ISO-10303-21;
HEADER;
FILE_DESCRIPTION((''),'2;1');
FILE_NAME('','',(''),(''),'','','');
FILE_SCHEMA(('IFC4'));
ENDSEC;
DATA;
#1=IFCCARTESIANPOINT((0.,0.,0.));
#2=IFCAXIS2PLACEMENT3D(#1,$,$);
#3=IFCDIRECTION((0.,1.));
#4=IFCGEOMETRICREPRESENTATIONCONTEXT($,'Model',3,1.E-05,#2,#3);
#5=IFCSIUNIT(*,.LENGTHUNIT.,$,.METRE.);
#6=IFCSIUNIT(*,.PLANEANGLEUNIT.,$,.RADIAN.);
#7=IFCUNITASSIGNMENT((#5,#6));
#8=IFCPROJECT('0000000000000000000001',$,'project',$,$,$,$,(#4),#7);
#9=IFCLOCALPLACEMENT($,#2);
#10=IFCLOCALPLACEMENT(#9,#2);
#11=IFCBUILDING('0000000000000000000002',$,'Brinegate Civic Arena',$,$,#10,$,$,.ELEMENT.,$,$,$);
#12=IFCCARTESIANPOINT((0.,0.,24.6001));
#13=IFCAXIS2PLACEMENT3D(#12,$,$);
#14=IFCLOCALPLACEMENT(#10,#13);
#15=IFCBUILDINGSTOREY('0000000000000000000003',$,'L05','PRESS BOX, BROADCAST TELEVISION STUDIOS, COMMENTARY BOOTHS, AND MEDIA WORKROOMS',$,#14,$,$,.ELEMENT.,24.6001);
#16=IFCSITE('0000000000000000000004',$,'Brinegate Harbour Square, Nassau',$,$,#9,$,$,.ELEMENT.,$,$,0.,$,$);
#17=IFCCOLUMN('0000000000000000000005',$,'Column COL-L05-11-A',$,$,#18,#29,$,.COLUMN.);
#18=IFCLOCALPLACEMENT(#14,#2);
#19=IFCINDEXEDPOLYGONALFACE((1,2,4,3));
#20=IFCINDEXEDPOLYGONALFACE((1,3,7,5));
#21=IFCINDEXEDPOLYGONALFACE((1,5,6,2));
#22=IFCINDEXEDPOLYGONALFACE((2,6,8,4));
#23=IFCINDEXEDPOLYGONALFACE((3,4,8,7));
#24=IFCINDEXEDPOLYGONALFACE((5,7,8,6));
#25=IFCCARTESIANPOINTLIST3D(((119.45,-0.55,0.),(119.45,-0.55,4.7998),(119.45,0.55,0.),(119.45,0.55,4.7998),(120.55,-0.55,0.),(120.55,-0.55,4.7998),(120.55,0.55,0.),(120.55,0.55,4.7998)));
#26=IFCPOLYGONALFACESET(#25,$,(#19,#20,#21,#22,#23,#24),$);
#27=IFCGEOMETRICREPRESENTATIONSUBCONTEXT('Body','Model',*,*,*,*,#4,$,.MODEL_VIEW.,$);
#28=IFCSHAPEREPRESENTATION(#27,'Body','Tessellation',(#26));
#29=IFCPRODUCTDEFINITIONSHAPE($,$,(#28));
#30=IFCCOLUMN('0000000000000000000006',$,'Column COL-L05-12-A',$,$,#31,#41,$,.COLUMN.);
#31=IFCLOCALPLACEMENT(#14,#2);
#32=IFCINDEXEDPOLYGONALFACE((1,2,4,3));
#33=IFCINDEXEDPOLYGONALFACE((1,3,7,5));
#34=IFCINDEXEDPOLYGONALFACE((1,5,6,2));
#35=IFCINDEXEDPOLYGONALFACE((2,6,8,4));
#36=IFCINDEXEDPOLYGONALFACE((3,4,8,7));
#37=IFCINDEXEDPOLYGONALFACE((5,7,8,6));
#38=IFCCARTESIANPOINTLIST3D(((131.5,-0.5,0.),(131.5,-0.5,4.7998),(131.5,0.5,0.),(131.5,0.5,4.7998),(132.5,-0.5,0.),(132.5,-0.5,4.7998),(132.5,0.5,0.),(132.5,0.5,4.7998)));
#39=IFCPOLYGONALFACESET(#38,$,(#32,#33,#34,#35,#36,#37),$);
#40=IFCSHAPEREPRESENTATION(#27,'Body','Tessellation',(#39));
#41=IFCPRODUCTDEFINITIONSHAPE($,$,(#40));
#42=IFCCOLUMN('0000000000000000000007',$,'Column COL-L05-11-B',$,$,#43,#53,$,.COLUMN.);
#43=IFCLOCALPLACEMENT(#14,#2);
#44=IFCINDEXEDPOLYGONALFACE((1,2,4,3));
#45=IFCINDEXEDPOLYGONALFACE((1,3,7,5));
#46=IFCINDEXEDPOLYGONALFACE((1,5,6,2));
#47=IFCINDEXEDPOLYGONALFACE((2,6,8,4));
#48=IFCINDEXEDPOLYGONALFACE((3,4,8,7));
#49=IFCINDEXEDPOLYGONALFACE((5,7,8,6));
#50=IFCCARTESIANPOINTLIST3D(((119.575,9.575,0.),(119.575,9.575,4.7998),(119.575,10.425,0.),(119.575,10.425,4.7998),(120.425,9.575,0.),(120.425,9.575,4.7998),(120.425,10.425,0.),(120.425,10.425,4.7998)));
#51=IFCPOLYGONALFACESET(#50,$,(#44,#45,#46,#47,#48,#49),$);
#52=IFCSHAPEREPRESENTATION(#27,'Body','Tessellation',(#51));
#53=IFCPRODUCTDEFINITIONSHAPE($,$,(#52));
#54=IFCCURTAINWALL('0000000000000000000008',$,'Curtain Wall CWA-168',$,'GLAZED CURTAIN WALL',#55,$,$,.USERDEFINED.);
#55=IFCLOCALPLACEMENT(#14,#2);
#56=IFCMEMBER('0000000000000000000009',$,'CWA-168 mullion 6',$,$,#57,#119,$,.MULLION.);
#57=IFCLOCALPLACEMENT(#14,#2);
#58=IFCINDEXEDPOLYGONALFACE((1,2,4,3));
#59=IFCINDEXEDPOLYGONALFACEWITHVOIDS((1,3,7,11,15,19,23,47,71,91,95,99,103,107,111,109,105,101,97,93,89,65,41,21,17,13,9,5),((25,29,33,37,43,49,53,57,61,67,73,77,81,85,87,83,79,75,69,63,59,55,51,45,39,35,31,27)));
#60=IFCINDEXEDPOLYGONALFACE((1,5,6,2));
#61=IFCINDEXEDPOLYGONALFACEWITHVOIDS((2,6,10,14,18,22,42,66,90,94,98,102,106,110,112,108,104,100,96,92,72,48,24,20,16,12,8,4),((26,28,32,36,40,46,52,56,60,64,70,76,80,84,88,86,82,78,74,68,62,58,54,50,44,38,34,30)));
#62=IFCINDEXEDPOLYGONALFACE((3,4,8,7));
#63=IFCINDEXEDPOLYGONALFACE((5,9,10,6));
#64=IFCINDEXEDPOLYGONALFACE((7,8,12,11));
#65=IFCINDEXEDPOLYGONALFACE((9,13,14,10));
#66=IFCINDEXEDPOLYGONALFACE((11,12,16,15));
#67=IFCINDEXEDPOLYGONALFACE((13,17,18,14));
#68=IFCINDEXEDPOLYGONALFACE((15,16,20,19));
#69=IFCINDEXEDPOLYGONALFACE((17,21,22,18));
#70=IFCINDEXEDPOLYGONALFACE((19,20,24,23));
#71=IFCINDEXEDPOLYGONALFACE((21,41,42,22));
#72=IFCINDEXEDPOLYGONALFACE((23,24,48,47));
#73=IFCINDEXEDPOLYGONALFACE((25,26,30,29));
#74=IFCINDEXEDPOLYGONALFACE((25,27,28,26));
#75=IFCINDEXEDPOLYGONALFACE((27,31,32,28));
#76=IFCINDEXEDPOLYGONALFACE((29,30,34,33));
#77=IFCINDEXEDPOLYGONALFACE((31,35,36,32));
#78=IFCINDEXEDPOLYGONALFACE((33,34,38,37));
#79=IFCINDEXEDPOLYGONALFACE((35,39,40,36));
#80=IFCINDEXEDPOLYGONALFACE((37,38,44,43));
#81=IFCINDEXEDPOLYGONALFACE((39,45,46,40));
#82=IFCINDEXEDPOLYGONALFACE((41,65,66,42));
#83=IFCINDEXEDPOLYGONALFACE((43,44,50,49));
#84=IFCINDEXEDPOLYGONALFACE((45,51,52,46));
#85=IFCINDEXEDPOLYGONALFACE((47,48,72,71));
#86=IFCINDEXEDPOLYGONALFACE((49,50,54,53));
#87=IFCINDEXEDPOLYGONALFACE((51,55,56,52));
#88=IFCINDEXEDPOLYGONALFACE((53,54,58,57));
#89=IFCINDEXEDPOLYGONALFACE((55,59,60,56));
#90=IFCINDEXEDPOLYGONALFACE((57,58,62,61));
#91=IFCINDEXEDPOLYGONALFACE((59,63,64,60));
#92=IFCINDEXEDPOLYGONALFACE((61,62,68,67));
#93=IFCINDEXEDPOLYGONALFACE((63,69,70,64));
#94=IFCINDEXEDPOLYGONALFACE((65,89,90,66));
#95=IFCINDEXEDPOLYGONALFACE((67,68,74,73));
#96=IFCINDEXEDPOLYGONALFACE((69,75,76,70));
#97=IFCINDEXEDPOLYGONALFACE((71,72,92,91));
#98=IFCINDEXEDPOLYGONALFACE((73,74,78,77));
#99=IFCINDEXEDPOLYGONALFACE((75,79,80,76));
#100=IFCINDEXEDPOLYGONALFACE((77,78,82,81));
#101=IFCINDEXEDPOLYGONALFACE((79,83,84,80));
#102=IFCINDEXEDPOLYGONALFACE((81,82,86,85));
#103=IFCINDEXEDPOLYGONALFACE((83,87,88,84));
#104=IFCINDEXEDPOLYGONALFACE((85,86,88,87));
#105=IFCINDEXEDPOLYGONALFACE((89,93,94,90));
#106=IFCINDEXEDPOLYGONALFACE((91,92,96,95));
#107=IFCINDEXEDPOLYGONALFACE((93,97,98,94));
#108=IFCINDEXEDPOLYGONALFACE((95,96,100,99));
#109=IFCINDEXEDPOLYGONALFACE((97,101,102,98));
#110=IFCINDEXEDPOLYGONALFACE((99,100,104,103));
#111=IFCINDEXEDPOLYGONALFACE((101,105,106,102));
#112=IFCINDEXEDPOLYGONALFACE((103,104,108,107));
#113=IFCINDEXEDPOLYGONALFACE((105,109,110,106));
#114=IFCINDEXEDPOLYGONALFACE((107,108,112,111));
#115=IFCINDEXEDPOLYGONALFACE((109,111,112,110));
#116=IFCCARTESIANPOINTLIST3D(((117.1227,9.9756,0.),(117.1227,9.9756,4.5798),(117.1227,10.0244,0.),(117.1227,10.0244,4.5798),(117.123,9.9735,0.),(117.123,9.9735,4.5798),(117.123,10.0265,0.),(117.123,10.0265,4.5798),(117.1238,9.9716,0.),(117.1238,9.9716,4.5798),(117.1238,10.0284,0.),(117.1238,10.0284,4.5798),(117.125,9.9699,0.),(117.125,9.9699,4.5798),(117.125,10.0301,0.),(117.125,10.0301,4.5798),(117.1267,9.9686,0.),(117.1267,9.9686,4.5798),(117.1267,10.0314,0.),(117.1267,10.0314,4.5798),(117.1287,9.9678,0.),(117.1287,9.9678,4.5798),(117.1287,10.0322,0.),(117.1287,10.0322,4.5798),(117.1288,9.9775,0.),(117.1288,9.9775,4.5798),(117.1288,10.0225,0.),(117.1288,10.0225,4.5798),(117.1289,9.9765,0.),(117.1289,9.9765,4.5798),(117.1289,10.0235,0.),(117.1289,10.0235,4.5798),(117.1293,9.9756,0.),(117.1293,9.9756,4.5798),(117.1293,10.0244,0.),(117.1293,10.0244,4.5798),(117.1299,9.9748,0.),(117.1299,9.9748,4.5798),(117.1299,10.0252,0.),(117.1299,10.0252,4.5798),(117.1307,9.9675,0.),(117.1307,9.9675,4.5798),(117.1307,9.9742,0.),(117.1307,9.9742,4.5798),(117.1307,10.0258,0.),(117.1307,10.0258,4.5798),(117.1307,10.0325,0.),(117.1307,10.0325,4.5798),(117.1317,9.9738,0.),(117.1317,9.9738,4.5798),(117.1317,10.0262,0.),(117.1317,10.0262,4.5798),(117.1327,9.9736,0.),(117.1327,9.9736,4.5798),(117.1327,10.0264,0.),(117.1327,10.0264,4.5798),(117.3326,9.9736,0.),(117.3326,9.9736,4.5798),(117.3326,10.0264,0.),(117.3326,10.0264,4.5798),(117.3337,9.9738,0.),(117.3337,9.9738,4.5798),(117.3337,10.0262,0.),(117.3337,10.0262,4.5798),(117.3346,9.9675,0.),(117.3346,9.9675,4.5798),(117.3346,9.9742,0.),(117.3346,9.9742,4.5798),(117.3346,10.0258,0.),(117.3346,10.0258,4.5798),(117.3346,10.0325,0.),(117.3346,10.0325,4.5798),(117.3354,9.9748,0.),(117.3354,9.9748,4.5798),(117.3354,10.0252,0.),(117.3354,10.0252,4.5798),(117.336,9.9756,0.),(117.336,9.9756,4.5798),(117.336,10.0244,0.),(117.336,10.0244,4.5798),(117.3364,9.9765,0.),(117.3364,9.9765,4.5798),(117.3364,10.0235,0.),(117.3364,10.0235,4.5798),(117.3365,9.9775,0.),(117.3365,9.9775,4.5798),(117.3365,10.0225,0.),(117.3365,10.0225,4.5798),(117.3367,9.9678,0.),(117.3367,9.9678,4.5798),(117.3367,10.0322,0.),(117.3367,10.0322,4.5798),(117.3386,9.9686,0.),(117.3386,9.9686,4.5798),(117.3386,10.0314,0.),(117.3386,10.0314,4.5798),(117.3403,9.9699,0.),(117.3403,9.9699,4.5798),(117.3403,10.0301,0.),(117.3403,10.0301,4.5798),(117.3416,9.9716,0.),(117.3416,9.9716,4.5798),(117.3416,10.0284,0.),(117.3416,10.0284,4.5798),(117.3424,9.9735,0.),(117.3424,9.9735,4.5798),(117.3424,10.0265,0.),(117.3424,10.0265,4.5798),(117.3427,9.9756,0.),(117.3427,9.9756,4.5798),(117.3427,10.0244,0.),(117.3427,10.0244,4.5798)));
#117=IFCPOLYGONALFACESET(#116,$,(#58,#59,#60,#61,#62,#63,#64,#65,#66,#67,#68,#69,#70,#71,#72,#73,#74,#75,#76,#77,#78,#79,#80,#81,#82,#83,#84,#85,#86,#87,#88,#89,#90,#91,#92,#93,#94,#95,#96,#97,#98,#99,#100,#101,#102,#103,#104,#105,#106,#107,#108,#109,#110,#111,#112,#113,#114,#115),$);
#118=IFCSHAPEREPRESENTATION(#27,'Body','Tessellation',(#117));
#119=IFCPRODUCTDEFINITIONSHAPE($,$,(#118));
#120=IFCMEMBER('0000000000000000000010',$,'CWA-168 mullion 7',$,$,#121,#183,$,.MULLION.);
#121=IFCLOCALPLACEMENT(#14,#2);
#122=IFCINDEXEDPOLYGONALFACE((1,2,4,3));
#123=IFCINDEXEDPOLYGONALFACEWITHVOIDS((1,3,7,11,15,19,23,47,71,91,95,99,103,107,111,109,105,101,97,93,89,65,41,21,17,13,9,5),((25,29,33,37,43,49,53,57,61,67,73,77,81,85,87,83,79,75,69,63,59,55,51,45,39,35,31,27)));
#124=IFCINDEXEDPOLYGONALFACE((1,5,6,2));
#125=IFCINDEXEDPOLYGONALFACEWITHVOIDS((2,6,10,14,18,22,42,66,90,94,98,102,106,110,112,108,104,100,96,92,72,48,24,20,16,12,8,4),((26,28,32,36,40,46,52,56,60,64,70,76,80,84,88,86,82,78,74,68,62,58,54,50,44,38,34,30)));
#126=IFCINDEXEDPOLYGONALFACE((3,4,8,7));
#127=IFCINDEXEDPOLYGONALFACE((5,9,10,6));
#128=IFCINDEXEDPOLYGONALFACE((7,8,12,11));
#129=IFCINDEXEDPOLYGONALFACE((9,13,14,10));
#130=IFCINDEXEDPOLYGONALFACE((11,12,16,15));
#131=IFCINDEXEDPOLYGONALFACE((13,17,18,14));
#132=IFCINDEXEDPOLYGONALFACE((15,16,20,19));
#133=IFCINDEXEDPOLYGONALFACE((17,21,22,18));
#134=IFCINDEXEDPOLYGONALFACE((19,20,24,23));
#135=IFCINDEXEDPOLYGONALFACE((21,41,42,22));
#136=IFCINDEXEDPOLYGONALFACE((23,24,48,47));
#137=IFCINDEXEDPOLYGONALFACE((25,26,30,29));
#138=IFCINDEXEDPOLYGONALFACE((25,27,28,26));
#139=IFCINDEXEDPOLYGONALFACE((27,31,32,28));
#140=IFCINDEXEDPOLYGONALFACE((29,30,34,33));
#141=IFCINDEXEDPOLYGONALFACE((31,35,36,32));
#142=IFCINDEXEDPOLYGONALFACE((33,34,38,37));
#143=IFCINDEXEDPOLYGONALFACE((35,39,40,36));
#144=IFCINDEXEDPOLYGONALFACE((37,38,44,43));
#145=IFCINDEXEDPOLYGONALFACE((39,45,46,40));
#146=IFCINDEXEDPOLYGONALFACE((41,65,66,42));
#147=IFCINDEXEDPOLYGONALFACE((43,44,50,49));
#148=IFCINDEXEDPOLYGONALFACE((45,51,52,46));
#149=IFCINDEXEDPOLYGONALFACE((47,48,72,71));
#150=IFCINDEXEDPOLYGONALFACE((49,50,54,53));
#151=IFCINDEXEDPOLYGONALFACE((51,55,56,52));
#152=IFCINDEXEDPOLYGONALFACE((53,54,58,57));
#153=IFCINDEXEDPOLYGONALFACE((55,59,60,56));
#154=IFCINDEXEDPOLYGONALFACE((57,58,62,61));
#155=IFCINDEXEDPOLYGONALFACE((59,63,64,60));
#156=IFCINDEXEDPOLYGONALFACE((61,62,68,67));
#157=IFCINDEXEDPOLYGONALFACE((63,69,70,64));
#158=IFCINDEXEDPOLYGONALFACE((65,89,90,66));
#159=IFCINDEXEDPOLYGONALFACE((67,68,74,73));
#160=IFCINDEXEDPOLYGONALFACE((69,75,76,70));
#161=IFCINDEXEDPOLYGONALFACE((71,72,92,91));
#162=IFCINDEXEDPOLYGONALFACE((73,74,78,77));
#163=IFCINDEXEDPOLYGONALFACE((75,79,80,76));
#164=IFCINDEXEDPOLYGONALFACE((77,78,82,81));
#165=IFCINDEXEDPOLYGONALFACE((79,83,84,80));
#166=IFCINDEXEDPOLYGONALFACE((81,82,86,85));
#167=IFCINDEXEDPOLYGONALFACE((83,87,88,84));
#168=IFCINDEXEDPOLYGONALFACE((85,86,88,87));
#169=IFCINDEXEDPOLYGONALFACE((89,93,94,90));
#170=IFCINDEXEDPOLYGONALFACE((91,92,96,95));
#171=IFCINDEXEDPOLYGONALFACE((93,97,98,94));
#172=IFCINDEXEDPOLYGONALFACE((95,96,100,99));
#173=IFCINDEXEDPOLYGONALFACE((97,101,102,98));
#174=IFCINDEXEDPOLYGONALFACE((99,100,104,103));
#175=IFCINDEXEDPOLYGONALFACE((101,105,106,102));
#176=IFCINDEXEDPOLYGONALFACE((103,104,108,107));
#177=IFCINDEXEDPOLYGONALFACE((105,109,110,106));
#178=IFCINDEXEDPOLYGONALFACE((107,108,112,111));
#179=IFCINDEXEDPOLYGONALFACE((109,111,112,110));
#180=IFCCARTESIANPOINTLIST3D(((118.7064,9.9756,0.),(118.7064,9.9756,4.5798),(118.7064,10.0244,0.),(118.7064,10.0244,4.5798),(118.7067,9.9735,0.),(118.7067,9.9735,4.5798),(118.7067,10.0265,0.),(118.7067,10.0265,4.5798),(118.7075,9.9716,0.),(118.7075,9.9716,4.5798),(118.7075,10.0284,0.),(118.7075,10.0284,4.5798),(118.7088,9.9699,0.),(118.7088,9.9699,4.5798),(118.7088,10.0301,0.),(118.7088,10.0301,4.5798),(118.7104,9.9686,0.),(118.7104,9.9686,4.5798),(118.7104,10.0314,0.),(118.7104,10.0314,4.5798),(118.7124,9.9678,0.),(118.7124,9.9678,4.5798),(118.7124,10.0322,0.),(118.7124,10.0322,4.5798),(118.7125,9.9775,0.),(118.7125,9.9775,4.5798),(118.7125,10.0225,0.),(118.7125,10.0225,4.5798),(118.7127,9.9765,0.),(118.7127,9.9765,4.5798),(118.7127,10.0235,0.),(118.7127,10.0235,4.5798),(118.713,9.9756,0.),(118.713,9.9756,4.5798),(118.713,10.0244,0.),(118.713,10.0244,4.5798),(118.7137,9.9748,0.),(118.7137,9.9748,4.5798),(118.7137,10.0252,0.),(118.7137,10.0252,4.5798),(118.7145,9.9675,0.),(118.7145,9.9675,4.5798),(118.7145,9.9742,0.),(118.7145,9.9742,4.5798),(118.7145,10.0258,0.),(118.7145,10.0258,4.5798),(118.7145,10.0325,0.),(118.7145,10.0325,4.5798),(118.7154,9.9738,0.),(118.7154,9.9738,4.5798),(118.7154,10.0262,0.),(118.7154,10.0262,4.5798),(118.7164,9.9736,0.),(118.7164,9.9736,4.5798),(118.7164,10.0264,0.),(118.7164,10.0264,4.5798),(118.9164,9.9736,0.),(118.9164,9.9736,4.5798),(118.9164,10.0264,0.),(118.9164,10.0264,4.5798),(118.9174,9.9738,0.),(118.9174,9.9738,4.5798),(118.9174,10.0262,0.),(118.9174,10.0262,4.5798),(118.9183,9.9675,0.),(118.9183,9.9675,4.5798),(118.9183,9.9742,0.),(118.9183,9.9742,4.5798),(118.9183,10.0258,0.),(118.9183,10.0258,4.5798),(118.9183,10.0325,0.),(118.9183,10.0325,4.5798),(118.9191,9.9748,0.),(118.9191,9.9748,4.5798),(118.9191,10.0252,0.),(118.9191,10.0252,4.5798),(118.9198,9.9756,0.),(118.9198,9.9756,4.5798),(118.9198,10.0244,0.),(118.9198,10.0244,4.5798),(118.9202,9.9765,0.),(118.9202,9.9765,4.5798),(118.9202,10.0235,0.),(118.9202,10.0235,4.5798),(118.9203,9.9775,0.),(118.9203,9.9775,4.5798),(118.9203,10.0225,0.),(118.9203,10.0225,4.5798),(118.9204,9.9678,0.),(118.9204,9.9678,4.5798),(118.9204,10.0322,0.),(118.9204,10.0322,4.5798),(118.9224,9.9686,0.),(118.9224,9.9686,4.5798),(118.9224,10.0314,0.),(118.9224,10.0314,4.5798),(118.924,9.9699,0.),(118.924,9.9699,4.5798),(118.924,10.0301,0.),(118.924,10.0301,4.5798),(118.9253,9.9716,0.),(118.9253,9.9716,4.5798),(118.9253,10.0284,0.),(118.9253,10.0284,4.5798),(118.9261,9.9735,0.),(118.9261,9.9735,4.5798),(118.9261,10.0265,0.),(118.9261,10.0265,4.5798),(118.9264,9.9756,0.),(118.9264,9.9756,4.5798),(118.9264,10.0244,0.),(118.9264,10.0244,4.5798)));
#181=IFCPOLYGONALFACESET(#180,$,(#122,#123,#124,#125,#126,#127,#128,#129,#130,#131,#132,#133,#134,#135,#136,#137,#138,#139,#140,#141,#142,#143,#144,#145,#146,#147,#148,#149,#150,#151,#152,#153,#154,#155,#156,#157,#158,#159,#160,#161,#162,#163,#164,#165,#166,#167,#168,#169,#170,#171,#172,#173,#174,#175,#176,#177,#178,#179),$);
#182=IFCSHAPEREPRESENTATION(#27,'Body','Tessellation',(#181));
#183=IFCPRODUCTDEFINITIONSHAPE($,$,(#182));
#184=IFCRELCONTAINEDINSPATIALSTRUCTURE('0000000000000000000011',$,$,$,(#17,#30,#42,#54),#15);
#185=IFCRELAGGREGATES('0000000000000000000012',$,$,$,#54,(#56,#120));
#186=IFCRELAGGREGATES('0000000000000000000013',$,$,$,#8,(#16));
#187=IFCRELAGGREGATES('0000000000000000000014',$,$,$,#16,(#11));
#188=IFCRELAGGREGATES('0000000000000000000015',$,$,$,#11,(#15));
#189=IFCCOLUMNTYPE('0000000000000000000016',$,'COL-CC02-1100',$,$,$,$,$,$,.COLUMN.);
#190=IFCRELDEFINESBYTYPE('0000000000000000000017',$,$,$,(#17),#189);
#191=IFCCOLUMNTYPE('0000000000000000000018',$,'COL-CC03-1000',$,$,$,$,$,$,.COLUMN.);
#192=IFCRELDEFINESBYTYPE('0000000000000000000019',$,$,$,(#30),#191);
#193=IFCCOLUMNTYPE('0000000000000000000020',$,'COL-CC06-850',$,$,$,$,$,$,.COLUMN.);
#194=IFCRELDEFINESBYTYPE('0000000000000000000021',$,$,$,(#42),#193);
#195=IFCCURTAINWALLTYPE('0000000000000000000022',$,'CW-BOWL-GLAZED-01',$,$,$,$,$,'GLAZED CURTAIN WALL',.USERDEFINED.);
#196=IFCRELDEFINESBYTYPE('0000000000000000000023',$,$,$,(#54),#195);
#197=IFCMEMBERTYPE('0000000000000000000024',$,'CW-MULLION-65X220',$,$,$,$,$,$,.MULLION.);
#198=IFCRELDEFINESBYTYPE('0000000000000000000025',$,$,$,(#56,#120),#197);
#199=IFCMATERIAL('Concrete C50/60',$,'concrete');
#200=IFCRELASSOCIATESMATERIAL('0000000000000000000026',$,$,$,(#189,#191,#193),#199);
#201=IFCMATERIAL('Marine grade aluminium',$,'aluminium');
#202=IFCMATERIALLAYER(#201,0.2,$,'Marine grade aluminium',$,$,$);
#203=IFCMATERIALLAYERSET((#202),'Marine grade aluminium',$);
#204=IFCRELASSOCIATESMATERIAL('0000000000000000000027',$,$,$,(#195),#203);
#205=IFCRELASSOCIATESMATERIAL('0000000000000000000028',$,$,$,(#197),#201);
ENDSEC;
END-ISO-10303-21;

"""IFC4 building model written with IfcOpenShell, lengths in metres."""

from ifc_helpers import new_model, si_unit, direction, frame, origin, origin_2d, place, context, subcontext, project, spatial, rectangle, hollow_rectangle, extrude, material, layer, layer_set, material_profile, profile_set, type_object, element, aggregate, save


model = new_model("IFC4")

# Units and contexts
model_context = context("Model", 3, precision=1e-05, world=origin(), true_north=direction((0.0, 1.0)))
body_context = subcontext(model_context, "Body", "Model", "MODEL_VIEW")
ifc_project = project(units=[si_unit("LENGTHUNIT", "METRE"), si_unit("PLANEANGLEUNIT", "RADIAN")], contexts=[model_context])

# Site, building, storey
site_placement = place(None, origin())
site = spatial("IfcSite", under=ifc_project, at=site_placement, Name="Brinegate Harbour Square, Nassau", CompositionType="ELEMENT", RefElevation=0.0)
building_placement = place(site_placement, origin())
building = spatial("IfcBuilding", under=site, at=building_placement, Name="Brinegate Civic Arena", CompositionType="ELEMENT")
storey_placement = place(building_placement, frame((0.0, 0.0, 24.6001)))
storey = spatial("IfcBuildingStorey", under=building, at=storey_placement, Name="L05", Description="PRESS BOX, BROADCAST TELEVISION STUDIOS, COMMENTARY BOOTHS, AND MEDIA WORKROOMS", CompositionType="ELEMENT", Elevation=24.6001)

# Columns
ifc_material_1 = material(Name="Concrete C50/60", Category="concrete")
ifc_material_profile_1 = material_profile(ifc_material_1, rectangle(XDim=1.1001, YDim=1.1001, at=origin_2d()), Name="RC1100X1100")
ifc_profile_set_1 = profile_set([ifc_material_profile_1], Name="Concrete C50/60")
column_type_1 = type_object("IfcColumnType", Name="COL-CC02-1100", PredefinedType="COLUMN", material=ifc_profile_set_1)
column_1_placement = place(storey_placement, frame((120.0, 0.0, 0.0), z_axis=(0.0, 0.0, 1.0), x_axis=(1.0, 0.0, 0.0)))
element("IfcColumn", 1, at=column_1_placement, inside=storey, type_object=column_type_1, Name="Column COL-L05-11-A", PredefinedType="COLUMN", context=body_context, shape_type="SweptSolid", body=[
    extrude(rectangle(XDim=1.1001, YDim=1.1001, at=origin_2d()), origin(), (0.0, 0.0, 1.0), 4.7998),
])
ifc_material_profile_2 = material_profile(ifc_material_1, rectangle(XDim=1.0, YDim=1.0, at=origin_2d()), Name="RC1000X1000")
ifc_profile_set_2 = profile_set([ifc_material_profile_2], Name="Concrete C50/60")
column_type_2 = type_object("IfcColumnType", Name="COL-CC03-1000", PredefinedType="COLUMN", material=ifc_profile_set_2)
column_2_placement = place(storey_placement, frame((132.0, 0.0, 0.0), z_axis=(0.0, 0.0, 1.0), x_axis=(1.0, 0.0, 0.0)))
element("IfcColumn", 2, at=column_2_placement, inside=storey, type_object=column_type_2, Name="Column COL-L05-12-A", PredefinedType="COLUMN", context=body_context, shape_type="SweptSolid", body=[
    extrude(rectangle(XDim=1.0, YDim=1.0, at=origin_2d()), origin(), (0.0, 0.0, 1.0), 4.7998),
])
ifc_material_profile_3 = material_profile(ifc_material_1, rectangle(XDim=0.8501, YDim=0.8501, at=origin_2d()), Name="RC850X850")
ifc_profile_set_3 = profile_set([ifc_material_profile_3], Name="Concrete C50/60")
column_type_3 = type_object("IfcColumnType", Name="COL-CC06-850", PredefinedType="COLUMN", material=ifc_profile_set_3)
column_3_placement = place(storey_placement, frame((120.0, 10.0, 0.0), z_axis=(0.0, 0.0, 1.0), x_axis=(1.0, 0.0, 0.0)))
element("IfcColumn", 3, at=column_3_placement, inside=storey, type_object=column_type_3, Name="Column COL-L05-11-B", PredefinedType="COLUMN", context=body_context, shape_type="SweptSolid", body=[
    extrude(rectangle(XDim=0.8501, YDim=0.8501, at=origin_2d()), origin(), (0.0, 0.0, 1.0), 4.7998),
])

# Curtain wall, members
ifc_material_2 = material(Name="Marine grade aluminium", Category="aluminium")
ifc_layer_1 = layer(ifc_material_2, 0.2, Name="Marine grade aluminium")
ifc_layer_set_1 = layer_set([ifc_layer_1], Name="Marine grade aluminium")
curtain_wall_type = type_object("IfcCurtainWallType", Name="CW-BOWL-GLAZED-01", ElementType="GLAZED CURTAIN WALL", PredefinedType="USERDEFINED", material=ifc_layer_set_1)
curtain_wall_placement = place(storey_placement, origin())
curtain_wall = element("IfcCurtainWall", 4, at=curtain_wall_placement, inside=storey, type_object=curtain_wall_type, Name="Curtain Wall CWA-168", ObjectType="GLAZED CURTAIN WALL", PredefinedType="USERDEFINED")
ifc_material_profile_4 = material_profile(ifc_material_2, hollow_rectangle(XDim=0.0649, YDim=0.22, WallThickness=0.0061, InnerFilletRadius=0.0039, OuterFilletRadius=0.0081, at=origin_2d()), Name="MUL65X220")
ifc_profile_set_4 = profile_set([ifc_material_profile_4], Name="Marine grade aluminium")
member_type_1 = type_object("IfcMemberType", Name="CW-MULLION-65X220", PredefinedType="MULLION", material=ifc_profile_set_4)
member_1_placement = place(storey_placement, frame((117.2327, 10.0, 0.0), z_axis=(0.0, 0.0, 1.0), x_axis=(0.0, 1.0, 0.0)))
member_1 = element("IfcMember", 5, at=member_1_placement, type_object=member_type_1, Name="CWA-168 mullion 6", PredefinedType="MULLION", context=body_context, shape_type="SweptSolid", body=[
    extrude(hollow_rectangle(XDim=0.0649, YDim=0.22, WallThickness=0.0061, InnerFilletRadius=0.0039, OuterFilletRadius=0.0081, at=origin_2d()), origin(), (0.0, 0.0, 1.0), 4.5798),
])
member_2_placement = place(storey_placement, frame((118.8164, 10.0, 0.0), z_axis=(0.0, 0.0, 1.0), x_axis=(0.0, 1.0, 0.0)))
member_2 = element("IfcMember", 6, at=member_2_placement, type_object=member_type_1, Name="CWA-168 mullion 7", PredefinedType="MULLION", context=body_context, shape_type="SweptSolid", body=[
    extrude(hollow_rectangle(XDim=0.0649, YDim=0.22, WallThickness=0.0061, InnerFilletRadius=0.0039, OuterFilletRadius=0.0081, at=origin_2d()), origin(), (0.0, 0.0, 1.0), 4.5798),
])
aggregate(curtain_wall, [member_1, member_2])

save(model, "model.ifc")
